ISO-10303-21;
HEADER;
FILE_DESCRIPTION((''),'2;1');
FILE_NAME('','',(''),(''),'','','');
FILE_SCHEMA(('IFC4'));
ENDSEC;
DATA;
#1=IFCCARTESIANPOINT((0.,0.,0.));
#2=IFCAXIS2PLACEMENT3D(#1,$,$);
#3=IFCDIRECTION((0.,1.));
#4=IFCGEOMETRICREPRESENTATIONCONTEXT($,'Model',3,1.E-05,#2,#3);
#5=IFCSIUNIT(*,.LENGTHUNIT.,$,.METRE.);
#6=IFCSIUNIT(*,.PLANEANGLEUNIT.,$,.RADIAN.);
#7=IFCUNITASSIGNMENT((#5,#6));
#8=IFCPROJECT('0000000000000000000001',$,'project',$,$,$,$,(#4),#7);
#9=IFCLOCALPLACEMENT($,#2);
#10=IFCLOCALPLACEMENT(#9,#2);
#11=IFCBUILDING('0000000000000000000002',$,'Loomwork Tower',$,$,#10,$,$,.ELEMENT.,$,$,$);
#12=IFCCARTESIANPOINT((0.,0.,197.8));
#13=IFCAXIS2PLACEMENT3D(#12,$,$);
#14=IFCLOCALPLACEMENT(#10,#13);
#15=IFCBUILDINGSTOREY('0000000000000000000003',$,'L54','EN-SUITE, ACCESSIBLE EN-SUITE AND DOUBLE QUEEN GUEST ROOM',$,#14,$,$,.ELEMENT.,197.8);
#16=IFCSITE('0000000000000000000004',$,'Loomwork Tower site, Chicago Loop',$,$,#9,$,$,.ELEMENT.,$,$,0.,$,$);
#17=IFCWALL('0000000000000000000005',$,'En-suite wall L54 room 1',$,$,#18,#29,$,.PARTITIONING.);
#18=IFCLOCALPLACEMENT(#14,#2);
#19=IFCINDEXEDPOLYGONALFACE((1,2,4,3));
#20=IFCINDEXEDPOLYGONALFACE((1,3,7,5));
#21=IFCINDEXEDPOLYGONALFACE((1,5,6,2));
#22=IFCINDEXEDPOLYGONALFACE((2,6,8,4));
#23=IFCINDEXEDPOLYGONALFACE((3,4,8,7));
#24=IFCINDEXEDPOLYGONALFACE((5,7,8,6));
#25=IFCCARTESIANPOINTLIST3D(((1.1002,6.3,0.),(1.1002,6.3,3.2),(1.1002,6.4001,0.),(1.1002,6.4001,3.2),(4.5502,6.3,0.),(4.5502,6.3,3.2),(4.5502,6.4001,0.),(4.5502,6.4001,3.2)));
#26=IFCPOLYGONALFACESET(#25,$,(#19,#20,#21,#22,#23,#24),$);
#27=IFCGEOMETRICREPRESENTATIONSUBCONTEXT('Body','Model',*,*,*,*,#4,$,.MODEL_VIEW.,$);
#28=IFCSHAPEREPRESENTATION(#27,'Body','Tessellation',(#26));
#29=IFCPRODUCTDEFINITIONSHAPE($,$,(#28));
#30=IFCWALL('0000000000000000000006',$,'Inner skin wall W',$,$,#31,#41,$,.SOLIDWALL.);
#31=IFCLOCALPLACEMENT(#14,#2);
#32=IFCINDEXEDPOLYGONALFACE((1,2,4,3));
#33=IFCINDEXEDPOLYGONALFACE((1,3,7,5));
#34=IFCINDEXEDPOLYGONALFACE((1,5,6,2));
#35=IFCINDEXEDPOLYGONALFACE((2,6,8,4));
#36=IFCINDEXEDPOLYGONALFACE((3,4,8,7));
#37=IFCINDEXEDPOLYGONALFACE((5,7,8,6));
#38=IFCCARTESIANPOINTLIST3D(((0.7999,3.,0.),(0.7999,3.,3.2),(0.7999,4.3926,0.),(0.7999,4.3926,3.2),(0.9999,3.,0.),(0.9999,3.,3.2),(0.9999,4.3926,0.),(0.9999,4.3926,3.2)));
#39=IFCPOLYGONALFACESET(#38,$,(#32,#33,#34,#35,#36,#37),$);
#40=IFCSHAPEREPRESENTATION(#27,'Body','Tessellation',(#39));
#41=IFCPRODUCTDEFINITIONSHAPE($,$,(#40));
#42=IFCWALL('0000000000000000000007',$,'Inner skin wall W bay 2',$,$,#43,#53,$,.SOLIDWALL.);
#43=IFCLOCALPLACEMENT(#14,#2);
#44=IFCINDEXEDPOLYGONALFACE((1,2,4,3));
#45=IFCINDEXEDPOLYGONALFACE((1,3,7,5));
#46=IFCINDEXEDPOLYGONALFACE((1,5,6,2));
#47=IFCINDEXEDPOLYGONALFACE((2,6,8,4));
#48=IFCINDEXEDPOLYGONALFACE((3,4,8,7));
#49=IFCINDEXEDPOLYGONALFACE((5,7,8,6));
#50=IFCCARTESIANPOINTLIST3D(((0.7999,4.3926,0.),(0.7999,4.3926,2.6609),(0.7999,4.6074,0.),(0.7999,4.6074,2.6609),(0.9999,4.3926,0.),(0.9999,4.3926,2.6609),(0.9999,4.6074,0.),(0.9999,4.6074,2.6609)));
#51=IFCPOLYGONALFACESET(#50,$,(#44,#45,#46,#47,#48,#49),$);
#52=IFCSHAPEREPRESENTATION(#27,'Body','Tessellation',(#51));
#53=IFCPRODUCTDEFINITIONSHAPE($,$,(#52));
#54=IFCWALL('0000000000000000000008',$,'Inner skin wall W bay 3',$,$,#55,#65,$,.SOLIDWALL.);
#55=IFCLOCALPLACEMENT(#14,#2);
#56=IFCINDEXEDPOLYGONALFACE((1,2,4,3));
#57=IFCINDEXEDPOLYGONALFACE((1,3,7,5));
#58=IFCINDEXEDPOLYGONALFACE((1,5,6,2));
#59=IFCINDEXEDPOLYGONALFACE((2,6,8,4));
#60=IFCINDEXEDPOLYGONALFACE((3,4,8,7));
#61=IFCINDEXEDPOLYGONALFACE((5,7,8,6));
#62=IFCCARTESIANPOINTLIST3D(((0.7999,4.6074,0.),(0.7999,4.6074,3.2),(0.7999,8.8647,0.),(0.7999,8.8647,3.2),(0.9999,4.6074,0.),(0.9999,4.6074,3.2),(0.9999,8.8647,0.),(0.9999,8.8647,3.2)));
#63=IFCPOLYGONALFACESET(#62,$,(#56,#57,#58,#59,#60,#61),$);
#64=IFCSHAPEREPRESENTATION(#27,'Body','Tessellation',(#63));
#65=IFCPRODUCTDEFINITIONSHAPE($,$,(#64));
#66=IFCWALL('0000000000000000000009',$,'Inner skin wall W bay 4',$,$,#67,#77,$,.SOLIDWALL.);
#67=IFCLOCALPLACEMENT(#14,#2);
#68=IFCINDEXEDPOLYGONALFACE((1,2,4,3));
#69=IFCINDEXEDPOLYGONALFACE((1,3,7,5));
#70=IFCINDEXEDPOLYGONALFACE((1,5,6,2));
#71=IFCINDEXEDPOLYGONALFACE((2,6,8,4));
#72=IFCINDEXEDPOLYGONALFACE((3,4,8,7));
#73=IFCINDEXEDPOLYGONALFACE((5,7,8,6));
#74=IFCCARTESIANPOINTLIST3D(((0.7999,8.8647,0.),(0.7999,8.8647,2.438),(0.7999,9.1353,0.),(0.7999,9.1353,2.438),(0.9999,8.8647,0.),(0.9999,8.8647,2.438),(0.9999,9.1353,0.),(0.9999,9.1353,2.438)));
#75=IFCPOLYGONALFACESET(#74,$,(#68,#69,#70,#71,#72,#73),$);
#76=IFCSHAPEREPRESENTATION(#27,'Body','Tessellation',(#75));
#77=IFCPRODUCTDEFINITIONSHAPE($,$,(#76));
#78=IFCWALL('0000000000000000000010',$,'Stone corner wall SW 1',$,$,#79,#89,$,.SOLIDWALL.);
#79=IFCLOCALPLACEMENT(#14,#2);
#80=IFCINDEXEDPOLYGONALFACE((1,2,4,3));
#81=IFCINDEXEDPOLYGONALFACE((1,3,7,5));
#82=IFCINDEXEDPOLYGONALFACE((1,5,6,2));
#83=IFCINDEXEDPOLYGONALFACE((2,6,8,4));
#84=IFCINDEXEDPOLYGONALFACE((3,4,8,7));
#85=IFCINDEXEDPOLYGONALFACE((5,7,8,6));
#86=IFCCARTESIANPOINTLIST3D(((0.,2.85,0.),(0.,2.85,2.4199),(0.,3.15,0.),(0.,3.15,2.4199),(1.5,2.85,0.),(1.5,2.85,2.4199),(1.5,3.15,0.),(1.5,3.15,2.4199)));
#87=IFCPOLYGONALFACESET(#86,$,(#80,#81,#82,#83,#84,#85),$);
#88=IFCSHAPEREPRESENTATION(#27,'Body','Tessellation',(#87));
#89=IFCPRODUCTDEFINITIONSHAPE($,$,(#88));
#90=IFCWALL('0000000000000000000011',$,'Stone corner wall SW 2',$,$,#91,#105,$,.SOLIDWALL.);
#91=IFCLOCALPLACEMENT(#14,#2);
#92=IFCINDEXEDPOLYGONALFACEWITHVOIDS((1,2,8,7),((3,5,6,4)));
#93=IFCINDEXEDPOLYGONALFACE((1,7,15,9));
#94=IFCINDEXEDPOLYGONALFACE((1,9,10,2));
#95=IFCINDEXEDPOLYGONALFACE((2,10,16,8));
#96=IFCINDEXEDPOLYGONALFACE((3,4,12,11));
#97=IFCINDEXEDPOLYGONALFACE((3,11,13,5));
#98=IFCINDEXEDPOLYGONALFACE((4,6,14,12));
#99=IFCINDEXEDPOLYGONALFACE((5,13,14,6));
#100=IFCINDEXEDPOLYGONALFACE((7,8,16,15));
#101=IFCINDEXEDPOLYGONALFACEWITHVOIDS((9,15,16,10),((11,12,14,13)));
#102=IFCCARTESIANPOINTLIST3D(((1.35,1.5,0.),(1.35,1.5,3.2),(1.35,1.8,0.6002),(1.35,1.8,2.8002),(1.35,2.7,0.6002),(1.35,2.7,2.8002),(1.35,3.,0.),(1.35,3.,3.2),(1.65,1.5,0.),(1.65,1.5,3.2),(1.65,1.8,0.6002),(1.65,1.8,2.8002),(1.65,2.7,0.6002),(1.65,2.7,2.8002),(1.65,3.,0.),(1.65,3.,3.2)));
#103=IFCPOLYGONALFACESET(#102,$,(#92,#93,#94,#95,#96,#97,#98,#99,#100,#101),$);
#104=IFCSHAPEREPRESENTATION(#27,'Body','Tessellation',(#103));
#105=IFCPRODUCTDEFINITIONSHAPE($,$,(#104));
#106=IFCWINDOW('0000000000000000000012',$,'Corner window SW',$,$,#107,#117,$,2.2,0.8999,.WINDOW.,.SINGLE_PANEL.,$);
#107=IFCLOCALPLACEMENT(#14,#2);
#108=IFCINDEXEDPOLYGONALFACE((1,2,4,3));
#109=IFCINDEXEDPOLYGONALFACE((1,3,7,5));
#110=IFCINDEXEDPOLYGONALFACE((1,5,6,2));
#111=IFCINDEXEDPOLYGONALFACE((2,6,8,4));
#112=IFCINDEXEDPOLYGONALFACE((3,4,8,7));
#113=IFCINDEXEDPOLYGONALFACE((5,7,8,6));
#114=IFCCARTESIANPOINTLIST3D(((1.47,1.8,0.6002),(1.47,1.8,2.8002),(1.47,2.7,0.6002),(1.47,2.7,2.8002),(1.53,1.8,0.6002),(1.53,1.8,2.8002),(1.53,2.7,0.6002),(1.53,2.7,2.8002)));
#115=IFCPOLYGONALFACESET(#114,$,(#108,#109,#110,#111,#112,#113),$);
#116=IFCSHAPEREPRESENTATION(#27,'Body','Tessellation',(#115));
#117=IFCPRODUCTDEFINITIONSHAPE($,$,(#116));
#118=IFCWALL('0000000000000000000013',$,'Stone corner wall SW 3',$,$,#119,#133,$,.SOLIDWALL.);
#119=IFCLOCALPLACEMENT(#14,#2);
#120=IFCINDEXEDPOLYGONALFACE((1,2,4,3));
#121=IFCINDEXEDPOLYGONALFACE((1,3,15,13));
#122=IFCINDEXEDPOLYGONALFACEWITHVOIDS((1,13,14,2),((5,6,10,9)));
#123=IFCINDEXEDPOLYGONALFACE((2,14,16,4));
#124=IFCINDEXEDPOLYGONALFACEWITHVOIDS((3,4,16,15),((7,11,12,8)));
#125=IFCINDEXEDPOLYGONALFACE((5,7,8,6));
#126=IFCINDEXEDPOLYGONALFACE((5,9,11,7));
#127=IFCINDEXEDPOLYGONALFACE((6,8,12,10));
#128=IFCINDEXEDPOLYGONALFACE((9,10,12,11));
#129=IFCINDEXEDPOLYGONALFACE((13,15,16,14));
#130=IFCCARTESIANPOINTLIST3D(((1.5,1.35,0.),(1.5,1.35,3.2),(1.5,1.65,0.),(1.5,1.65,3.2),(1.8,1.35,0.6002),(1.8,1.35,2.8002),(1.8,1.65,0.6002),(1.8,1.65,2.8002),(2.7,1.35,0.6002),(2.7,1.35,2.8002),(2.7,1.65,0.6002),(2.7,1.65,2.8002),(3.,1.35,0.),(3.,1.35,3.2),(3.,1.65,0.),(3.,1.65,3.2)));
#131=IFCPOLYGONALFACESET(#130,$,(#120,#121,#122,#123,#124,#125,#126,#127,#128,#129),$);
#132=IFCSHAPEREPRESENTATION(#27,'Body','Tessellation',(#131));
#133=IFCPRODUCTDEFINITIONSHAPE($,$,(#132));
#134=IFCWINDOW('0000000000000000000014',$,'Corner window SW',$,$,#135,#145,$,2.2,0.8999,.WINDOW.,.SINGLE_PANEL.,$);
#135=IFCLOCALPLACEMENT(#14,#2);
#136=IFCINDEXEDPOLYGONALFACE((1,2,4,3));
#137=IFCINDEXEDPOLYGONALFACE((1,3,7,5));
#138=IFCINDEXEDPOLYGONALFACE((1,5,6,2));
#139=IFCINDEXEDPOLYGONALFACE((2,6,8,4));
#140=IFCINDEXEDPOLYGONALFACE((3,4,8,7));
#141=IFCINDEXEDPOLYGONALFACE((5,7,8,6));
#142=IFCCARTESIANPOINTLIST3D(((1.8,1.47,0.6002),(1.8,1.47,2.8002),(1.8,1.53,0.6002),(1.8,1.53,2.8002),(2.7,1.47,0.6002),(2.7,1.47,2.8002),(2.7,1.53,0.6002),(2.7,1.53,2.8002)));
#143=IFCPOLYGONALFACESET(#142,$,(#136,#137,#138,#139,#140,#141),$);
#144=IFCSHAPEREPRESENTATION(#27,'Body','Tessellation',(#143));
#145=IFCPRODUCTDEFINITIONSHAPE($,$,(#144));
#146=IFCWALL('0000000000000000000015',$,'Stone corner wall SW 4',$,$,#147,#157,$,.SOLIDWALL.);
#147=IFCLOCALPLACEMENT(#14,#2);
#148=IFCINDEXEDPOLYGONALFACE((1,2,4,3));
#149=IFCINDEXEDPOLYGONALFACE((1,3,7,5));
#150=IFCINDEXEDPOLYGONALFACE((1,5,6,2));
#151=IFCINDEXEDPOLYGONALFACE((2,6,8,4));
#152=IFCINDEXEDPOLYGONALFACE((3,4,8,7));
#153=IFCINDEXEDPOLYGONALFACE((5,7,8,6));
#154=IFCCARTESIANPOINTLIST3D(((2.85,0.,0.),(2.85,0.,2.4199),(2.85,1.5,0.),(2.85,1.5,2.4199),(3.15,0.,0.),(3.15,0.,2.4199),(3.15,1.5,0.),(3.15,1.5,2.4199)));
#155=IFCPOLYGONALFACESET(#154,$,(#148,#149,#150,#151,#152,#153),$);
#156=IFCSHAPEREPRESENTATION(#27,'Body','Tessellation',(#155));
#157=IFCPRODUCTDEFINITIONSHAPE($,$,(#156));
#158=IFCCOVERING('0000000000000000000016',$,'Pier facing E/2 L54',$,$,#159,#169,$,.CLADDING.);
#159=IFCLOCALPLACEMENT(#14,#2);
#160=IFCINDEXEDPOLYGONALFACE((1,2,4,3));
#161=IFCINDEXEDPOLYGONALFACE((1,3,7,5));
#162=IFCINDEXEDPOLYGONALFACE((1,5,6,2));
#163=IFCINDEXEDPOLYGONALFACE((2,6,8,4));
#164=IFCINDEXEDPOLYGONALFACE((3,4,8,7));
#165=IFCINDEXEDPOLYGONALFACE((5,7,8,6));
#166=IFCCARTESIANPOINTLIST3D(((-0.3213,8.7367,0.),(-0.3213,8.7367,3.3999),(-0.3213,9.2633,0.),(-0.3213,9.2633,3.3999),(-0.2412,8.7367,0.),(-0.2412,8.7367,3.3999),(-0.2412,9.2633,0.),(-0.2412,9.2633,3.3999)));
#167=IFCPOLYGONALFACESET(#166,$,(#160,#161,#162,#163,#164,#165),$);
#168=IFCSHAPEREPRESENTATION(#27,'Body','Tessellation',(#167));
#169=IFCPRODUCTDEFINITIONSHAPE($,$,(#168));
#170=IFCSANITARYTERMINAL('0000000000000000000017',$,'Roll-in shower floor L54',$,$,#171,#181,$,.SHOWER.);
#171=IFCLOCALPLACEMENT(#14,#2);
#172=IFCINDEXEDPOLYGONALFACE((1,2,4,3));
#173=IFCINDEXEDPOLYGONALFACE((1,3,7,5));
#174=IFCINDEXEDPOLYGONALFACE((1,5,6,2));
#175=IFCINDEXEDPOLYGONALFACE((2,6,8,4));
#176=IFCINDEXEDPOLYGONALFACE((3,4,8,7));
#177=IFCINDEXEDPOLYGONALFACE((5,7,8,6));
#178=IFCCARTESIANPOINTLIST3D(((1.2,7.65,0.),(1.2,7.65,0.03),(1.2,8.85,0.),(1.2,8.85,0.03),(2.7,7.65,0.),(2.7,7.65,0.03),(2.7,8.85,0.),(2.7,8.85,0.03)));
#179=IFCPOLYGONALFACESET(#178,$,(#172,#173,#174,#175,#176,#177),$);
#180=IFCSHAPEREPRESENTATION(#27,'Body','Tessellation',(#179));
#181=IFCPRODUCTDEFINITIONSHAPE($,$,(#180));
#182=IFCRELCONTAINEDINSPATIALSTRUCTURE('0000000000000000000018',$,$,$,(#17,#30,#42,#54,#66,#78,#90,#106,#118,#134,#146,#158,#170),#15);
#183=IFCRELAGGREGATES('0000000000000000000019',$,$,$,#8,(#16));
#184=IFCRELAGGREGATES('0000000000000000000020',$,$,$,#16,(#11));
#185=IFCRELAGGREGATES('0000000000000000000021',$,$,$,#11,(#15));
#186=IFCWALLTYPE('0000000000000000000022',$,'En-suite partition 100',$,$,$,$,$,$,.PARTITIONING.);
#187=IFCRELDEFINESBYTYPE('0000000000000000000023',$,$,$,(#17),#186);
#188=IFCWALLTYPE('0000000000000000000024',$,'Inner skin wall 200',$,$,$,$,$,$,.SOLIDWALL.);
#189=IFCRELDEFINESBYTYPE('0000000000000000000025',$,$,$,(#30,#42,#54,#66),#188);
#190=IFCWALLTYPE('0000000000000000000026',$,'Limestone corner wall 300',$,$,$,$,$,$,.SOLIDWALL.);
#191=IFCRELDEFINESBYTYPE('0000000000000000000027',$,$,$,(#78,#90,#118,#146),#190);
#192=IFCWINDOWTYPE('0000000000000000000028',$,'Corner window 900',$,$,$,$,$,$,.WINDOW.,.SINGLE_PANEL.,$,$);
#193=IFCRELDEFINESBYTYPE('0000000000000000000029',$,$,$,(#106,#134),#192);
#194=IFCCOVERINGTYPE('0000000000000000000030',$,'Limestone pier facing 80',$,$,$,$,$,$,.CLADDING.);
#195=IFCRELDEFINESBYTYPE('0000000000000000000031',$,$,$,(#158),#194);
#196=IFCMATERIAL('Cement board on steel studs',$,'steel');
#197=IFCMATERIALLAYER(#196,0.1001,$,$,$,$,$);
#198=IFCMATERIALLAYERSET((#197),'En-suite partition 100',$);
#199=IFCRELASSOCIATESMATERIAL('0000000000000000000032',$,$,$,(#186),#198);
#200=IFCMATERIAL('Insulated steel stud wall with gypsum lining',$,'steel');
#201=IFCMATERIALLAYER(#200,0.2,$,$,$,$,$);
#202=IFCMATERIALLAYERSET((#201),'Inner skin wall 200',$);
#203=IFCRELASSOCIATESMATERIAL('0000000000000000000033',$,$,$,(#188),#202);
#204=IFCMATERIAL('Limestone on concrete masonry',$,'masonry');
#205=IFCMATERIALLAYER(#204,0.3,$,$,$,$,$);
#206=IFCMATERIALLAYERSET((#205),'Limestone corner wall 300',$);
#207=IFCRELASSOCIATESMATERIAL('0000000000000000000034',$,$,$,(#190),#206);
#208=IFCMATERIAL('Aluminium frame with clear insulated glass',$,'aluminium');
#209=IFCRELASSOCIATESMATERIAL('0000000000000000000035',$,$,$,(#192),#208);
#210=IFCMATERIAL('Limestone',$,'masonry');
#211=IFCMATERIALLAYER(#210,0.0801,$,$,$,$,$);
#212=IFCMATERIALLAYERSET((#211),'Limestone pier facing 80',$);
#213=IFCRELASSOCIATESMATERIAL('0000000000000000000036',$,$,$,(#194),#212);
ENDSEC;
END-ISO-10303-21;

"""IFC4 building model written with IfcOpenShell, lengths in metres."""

from ifc_helpers import new_model, si_unit, direction, frame, frame_2d, origin, origin_2d, place, context, subcontext, project, spatial, rectangle, extrude, material, layer, layer_set, type_object, element, fill, save


model = new_model("IFC4")

# Units and contexts
model_context = context("Model", 3, precision=1e-05, world=origin(), true_north=direction((0.0, 1.0)))
body_context = subcontext(model_context, "Body", "Model", "MODEL_VIEW")
ifc_project = project(units=[si_unit("LENGTHUNIT", "METRE"), si_unit("PLANEANGLEUNIT", "RADIAN")], contexts=[model_context])

# Site, building, storey
site_placement = place(None, origin())
site = spatial("IfcSite", under=ifc_project, at=site_placement, Name="Loomwork Tower site, Chicago Loop", CompositionType="ELEMENT", RefElevation=0.0)
building_placement = place(site_placement, origin())
building = spatial("IfcBuilding", under=site, at=building_placement, Name="Loomwork Tower", CompositionType="ELEMENT")
storey_placement = place(building_placement, frame((0.0, 0.0, 197.8)))
storey = spatial("IfcBuildingStorey", under=building, at=storey_placement, Name="L54", Description="EN-SUITE, ACCESSIBLE EN-SUITE AND DOUBLE QUEEN GUEST ROOM", CompositionType="ELEMENT", Elevation=197.8)

# Walls
ifc_material_1 = material(Name="Cement board on steel studs", Category="steel")
ifc_layer_1 = layer(ifc_material_1, 0.1001)
ifc_layer_set_1 = layer_set([ifc_layer_1], Name="En-suite partition 100")
wall_type_1 = type_object("IfcWallType", Name="En-suite partition 100", PredefinedType="PARTITIONING", material=ifc_layer_set_1)
wall_1_placement = place(storey_placement, frame((1.1001, 6.3501, 0.0), z_axis=(0.0, 0.0, 1.0), x_axis=(1.0, 0.0, 0.0)))
element("IfcWall", 1, at=wall_1_placement, inside=storey, type_object=wall_type_1, Name="En-suite wall L54 room 1", PredefinedType="PARTITIONING", context=body_context, shape_type="SweptSolid", body=[
    extrude(rectangle(XDim=3.45, YDim=0.1001, at=frame_2d((1.7251, 0.0))), origin(), (0.0, 0.0, 1.0), 3.2),
])
ifc_material_2 = material(Name="Insulated steel stud wall with gypsum lining", Category="steel")
ifc_layer_2 = layer(ifc_material_2, 0.2)
ifc_layer_set_2 = layer_set([ifc_layer_2], Name="Inner skin wall 200")
wall_type_2 = type_object("IfcWallType", Name="Inner skin wall 200", PredefinedType="SOLIDWALL", material=ifc_layer_set_2)
wall_2_placement = place(storey_placement, frame((0.8999, 3.0, 0.0), z_axis=(0.0, 0.0, 1.0), x_axis=(0.0, 1.0, 0.0)))
element("IfcWall", 2, at=wall_2_placement, inside=storey, type_object=wall_type_2, Name="Inner skin wall W", PredefinedType="SOLIDWALL", context=body_context, shape_type="SweptSolid", body=[
    extrude(rectangle(XDim=1.3926, YDim=0.2, at=frame_2d((0.6963, 0.0))), origin(), (0.0, 0.0, 1.0), 3.2),
])
wall_3_placement = place(storey_placement, frame((0.8999, 4.3926, 0.0), z_axis=(0.0, 0.0, 1.0), x_axis=(0.0, 1.0, 0.0)))
element("IfcWall", 3, at=wall_3_placement, inside=storey, type_object=wall_type_2, Name="Inner skin wall W bay 2", PredefinedType="SOLIDWALL", context=body_context, shape_type="SweptSolid", body=[
    extrude(rectangle(XDim=0.2148, YDim=0.2, at=frame_2d((0.1074, 0.0))), origin(), (0.0, 0.0, 1.0), 2.6609),
])
wall_4_placement = place(storey_placement, frame((0.8999, 4.6074, 0.0), z_axis=(0.0, 0.0, 1.0), x_axis=(0.0, 1.0, 0.0)))
element("IfcWall", 4, at=wall_4_placement, inside=storey, type_object=wall_type_2, Name="Inner skin wall W bay 3", PredefinedType="SOLIDWALL", context=body_context, shape_type="SweptSolid", body=[
    extrude(rectangle(XDim=4.2573, YDim=0.2, at=frame_2d((2.1287, 0.0))), origin(), (0.0, 0.0, 1.0), 3.2),
])
wall_5_placement = place(storey_placement, frame((0.8999, 8.8647, 0.0), z_axis=(0.0, 0.0, 1.0), x_axis=(0.0, 1.0, 0.0)))
element("IfcWall", 5, at=wall_5_placement, inside=storey, type_object=wall_type_2, Name="Inner skin wall W bay 4", PredefinedType="SOLIDWALL", context=body_context, shape_type="SweptSolid", body=[
    extrude(rectangle(XDim=0.2705, YDim=0.2, at=frame_2d((0.1353, 0.0))), origin(), (0.0, 0.0, 1.0), 2.438),
])
ifc_material_3 = material(Name="Limestone on concrete masonry", Category="masonry")
ifc_layer_3 = layer(ifc_material_3, 0.3)
ifc_layer_set_3 = layer_set([ifc_layer_3], Name="Limestone corner wall 300")
wall_type_3 = type_object("IfcWallType", Name="Limestone corner wall 300", PredefinedType="SOLIDWALL", material=ifc_layer_set_3)
wall_6_placement = place(storey_placement, frame((0.0, 3.0, 0.0), z_axis=(0.0, 0.0, 1.0), x_axis=(1.0, 0.0, 0.0)))
element("IfcWall", 6, at=wall_6_placement, inside=storey, type_object=wall_type_3, Name="Stone corner wall SW 1", PredefinedType="SOLIDWALL", context=body_context, shape_type="SweptSolid", body=[
    extrude(rectangle(XDim=1.5, YDim=0.3, at=frame_2d((0.75, 0.0))), origin(), (0.0, 0.0, 1.0), 2.4199),
])

# Walls, openings, windows
wall_7_placement = place(storey_placement, frame((1.5, 3.0, 0.0), z_axis=(0.0, 0.0, 1.0), x_axis=(0.0, -1.0, 0.0)))
wall_7 = element("IfcWall", 7, at=wall_7_placement, inside=storey, type_object=wall_type_3, Name="Stone corner wall SW 2", PredefinedType="SOLIDWALL", context=body_context, shape_type="SweptSolid", body=[
    extrude(rectangle(XDim=1.5, YDim=0.3, at=frame_2d((0.75, 0.0))), origin(), (0.0, 0.0, 1.0), 3.2),
])
opening_1_placement = place(wall_7_placement, frame((0.3, 0.0, 0.6001)))
opening_1 = element("IfcOpeningElement", 8, at=opening_1_placement, cuts=wall_7, PredefinedType="OPENING", context=body_context, shape_type="SweptSolid", body=[
    extrude(rectangle(XDim=0.8999, YDim=2.2, at=frame_2d((0.45, 1.1001))), frame((0.0, 0.1599, 0.0), z_axis=(0.0, -1.0, 0.0), x_axis=(1.0, 0.0, 0.0)), (0.0, 0.0, 1.0), 0.3201),
])
ifc_material_4 = material(Name="Aluminium frame with clear insulated glass", Category="aluminium")
window_type = type_object("IfcWindowType", Name="Corner window 900", PartitioningType="SINGLE_PANEL", PredefinedType="WINDOW", material=ifc_material_4)
window_1_placement = place(opening_1_placement, origin())
window_1 = element("IfcWindow", 9, at=window_1_placement, inside=storey, type_object=window_type, Name="Corner window SW", OverallHeight=2.2, OverallWidth=0.8999, PartitioningType="SINGLE_PANEL", PredefinedType="WINDOW", context=body_context, shape_type="SweptSolid", body=[
    extrude(rectangle(XDim=0.8999, YDim=2.2, at=frame_2d((0.45, 1.1001))), frame((0.0, 0.03, 0.0), z_axis=(0.0, -1.0, 0.0), x_axis=(1.0, 0.0, 0.0)), (0.0, 0.0, 1.0), 0.0601),
])
fill(opening_1, window_1)
wall_8_placement = place(storey_placement, frame((1.5, 1.5, 0.0), z_axis=(0.0, 0.0, 1.0), x_axis=(1.0, 0.0, 0.0)))
wall_8 = element("IfcWall", 10, at=wall_8_placement, inside=storey, type_object=wall_type_3, Name="Stone corner wall SW 3", PredefinedType="SOLIDWALL", context=body_context, shape_type="SweptSolid", body=[
    extrude(rectangle(XDim=1.5, YDim=0.3, at=frame_2d((0.75, 0.0))), origin(), (0.0, 0.0, 1.0), 3.2),
])
opening_2_placement = place(wall_8_placement, frame((0.3, 0.0, 0.6001)))
opening_2 = element("IfcOpeningElement", 11, at=opening_2_placement, cuts=wall_8, PredefinedType="OPENING", context=body_context, shape_type="SweptSolid", body=[
    extrude(rectangle(XDim=0.8999, YDim=2.2, at=frame_2d((0.45, 1.1001))), frame((0.0, 0.1599, 0.0), z_axis=(0.0, -1.0, 0.0), x_axis=(1.0, 0.0, 0.0)), (0.0, 0.0, 1.0), 0.3201),
])
window_2_placement = place(opening_2_placement, origin())
window_2 = element("IfcWindow", 12, at=window_2_placement, inside=storey, type_object=window_type, Name="Corner window SW", OverallHeight=2.2, OverallWidth=0.8999, PartitioningType="SINGLE_PANEL", PredefinedType="WINDOW", context=body_context, shape_type="SweptSolid", body=[
    extrude(rectangle(XDim=0.8999, YDim=2.2, at=frame_2d((0.45, 1.1001))), frame((0.0, 0.03, 0.0), z_axis=(0.0, -1.0, 0.0), x_axis=(1.0, 0.0, 0.0)), (0.0, 0.0, 1.0), 0.0601),
])
fill(opening_2, window_2)

# Wall
wall_9_placement = place(storey_placement, frame((3.0, 1.5, 0.0), z_axis=(0.0, 0.0, 1.0), x_axis=(0.0, -1.0, 0.0)))
element("IfcWall", 13, at=wall_9_placement, inside=storey, type_object=wall_type_3, Name="Stone corner wall SW 4", PredefinedType="SOLIDWALL", context=body_context, shape_type="SweptSolid", body=[
    extrude(rectangle(XDim=1.5, YDim=0.3, at=frame_2d((0.75, 0.0))), origin(), (0.0, 0.0, 1.0), 2.4199),
])

# Covering
ifc_material_5 = material(Name="Limestone", Category="masonry")
ifc_layer_4 = layer(ifc_material_5, 0.0801)
ifc_layer_set_4 = layer_set([ifc_layer_4], Name="Limestone pier facing 80")
covering_type = type_object("IfcCoveringType", Name="Limestone pier facing 80", PredefinedType="CLADDING", material=ifc_layer_set_4)
covering_placement = place(storey_placement, frame((-0.2812, 9.0, 0.0), z_axis=(0.0, 0.0, 1.0), x_axis=(1.0, 0.0, 0.0)))
element("IfcCovering", 14, at=covering_placement, inside=storey, type_object=covering_type, Name="Pier facing E/2 L54", PredefinedType="CLADDING", context=body_context, shape_type="SweptSolid", body=[
    extrude(rectangle(XDim=0.0801, YDim=0.5266, at=origin_2d()), origin(), (0.0, 0.0, 1.0), 3.3999),
])

# Sanitary terminal
sanitary_terminal_1_placement = place(storey_placement, frame((1.95, 8.25, 0.0), z_axis=(0.0, 0.0, 1.0), x_axis=(1.0, 0.0, 0.0)))
element("IfcSanitaryTerminal", 15, at=sanitary_terminal_1_placement, inside=storey, Name="Roll-in shower floor L54", PredefinedType="SHOWER", context=body_context, shape_type="SweptSolid", body=[
    extrude(rectangle(XDim=1.5, YDim=1.2, at=origin_2d()), origin(), (0.0, 0.0, 1.0), 0.03),
])

save(model, "model.ifc")
